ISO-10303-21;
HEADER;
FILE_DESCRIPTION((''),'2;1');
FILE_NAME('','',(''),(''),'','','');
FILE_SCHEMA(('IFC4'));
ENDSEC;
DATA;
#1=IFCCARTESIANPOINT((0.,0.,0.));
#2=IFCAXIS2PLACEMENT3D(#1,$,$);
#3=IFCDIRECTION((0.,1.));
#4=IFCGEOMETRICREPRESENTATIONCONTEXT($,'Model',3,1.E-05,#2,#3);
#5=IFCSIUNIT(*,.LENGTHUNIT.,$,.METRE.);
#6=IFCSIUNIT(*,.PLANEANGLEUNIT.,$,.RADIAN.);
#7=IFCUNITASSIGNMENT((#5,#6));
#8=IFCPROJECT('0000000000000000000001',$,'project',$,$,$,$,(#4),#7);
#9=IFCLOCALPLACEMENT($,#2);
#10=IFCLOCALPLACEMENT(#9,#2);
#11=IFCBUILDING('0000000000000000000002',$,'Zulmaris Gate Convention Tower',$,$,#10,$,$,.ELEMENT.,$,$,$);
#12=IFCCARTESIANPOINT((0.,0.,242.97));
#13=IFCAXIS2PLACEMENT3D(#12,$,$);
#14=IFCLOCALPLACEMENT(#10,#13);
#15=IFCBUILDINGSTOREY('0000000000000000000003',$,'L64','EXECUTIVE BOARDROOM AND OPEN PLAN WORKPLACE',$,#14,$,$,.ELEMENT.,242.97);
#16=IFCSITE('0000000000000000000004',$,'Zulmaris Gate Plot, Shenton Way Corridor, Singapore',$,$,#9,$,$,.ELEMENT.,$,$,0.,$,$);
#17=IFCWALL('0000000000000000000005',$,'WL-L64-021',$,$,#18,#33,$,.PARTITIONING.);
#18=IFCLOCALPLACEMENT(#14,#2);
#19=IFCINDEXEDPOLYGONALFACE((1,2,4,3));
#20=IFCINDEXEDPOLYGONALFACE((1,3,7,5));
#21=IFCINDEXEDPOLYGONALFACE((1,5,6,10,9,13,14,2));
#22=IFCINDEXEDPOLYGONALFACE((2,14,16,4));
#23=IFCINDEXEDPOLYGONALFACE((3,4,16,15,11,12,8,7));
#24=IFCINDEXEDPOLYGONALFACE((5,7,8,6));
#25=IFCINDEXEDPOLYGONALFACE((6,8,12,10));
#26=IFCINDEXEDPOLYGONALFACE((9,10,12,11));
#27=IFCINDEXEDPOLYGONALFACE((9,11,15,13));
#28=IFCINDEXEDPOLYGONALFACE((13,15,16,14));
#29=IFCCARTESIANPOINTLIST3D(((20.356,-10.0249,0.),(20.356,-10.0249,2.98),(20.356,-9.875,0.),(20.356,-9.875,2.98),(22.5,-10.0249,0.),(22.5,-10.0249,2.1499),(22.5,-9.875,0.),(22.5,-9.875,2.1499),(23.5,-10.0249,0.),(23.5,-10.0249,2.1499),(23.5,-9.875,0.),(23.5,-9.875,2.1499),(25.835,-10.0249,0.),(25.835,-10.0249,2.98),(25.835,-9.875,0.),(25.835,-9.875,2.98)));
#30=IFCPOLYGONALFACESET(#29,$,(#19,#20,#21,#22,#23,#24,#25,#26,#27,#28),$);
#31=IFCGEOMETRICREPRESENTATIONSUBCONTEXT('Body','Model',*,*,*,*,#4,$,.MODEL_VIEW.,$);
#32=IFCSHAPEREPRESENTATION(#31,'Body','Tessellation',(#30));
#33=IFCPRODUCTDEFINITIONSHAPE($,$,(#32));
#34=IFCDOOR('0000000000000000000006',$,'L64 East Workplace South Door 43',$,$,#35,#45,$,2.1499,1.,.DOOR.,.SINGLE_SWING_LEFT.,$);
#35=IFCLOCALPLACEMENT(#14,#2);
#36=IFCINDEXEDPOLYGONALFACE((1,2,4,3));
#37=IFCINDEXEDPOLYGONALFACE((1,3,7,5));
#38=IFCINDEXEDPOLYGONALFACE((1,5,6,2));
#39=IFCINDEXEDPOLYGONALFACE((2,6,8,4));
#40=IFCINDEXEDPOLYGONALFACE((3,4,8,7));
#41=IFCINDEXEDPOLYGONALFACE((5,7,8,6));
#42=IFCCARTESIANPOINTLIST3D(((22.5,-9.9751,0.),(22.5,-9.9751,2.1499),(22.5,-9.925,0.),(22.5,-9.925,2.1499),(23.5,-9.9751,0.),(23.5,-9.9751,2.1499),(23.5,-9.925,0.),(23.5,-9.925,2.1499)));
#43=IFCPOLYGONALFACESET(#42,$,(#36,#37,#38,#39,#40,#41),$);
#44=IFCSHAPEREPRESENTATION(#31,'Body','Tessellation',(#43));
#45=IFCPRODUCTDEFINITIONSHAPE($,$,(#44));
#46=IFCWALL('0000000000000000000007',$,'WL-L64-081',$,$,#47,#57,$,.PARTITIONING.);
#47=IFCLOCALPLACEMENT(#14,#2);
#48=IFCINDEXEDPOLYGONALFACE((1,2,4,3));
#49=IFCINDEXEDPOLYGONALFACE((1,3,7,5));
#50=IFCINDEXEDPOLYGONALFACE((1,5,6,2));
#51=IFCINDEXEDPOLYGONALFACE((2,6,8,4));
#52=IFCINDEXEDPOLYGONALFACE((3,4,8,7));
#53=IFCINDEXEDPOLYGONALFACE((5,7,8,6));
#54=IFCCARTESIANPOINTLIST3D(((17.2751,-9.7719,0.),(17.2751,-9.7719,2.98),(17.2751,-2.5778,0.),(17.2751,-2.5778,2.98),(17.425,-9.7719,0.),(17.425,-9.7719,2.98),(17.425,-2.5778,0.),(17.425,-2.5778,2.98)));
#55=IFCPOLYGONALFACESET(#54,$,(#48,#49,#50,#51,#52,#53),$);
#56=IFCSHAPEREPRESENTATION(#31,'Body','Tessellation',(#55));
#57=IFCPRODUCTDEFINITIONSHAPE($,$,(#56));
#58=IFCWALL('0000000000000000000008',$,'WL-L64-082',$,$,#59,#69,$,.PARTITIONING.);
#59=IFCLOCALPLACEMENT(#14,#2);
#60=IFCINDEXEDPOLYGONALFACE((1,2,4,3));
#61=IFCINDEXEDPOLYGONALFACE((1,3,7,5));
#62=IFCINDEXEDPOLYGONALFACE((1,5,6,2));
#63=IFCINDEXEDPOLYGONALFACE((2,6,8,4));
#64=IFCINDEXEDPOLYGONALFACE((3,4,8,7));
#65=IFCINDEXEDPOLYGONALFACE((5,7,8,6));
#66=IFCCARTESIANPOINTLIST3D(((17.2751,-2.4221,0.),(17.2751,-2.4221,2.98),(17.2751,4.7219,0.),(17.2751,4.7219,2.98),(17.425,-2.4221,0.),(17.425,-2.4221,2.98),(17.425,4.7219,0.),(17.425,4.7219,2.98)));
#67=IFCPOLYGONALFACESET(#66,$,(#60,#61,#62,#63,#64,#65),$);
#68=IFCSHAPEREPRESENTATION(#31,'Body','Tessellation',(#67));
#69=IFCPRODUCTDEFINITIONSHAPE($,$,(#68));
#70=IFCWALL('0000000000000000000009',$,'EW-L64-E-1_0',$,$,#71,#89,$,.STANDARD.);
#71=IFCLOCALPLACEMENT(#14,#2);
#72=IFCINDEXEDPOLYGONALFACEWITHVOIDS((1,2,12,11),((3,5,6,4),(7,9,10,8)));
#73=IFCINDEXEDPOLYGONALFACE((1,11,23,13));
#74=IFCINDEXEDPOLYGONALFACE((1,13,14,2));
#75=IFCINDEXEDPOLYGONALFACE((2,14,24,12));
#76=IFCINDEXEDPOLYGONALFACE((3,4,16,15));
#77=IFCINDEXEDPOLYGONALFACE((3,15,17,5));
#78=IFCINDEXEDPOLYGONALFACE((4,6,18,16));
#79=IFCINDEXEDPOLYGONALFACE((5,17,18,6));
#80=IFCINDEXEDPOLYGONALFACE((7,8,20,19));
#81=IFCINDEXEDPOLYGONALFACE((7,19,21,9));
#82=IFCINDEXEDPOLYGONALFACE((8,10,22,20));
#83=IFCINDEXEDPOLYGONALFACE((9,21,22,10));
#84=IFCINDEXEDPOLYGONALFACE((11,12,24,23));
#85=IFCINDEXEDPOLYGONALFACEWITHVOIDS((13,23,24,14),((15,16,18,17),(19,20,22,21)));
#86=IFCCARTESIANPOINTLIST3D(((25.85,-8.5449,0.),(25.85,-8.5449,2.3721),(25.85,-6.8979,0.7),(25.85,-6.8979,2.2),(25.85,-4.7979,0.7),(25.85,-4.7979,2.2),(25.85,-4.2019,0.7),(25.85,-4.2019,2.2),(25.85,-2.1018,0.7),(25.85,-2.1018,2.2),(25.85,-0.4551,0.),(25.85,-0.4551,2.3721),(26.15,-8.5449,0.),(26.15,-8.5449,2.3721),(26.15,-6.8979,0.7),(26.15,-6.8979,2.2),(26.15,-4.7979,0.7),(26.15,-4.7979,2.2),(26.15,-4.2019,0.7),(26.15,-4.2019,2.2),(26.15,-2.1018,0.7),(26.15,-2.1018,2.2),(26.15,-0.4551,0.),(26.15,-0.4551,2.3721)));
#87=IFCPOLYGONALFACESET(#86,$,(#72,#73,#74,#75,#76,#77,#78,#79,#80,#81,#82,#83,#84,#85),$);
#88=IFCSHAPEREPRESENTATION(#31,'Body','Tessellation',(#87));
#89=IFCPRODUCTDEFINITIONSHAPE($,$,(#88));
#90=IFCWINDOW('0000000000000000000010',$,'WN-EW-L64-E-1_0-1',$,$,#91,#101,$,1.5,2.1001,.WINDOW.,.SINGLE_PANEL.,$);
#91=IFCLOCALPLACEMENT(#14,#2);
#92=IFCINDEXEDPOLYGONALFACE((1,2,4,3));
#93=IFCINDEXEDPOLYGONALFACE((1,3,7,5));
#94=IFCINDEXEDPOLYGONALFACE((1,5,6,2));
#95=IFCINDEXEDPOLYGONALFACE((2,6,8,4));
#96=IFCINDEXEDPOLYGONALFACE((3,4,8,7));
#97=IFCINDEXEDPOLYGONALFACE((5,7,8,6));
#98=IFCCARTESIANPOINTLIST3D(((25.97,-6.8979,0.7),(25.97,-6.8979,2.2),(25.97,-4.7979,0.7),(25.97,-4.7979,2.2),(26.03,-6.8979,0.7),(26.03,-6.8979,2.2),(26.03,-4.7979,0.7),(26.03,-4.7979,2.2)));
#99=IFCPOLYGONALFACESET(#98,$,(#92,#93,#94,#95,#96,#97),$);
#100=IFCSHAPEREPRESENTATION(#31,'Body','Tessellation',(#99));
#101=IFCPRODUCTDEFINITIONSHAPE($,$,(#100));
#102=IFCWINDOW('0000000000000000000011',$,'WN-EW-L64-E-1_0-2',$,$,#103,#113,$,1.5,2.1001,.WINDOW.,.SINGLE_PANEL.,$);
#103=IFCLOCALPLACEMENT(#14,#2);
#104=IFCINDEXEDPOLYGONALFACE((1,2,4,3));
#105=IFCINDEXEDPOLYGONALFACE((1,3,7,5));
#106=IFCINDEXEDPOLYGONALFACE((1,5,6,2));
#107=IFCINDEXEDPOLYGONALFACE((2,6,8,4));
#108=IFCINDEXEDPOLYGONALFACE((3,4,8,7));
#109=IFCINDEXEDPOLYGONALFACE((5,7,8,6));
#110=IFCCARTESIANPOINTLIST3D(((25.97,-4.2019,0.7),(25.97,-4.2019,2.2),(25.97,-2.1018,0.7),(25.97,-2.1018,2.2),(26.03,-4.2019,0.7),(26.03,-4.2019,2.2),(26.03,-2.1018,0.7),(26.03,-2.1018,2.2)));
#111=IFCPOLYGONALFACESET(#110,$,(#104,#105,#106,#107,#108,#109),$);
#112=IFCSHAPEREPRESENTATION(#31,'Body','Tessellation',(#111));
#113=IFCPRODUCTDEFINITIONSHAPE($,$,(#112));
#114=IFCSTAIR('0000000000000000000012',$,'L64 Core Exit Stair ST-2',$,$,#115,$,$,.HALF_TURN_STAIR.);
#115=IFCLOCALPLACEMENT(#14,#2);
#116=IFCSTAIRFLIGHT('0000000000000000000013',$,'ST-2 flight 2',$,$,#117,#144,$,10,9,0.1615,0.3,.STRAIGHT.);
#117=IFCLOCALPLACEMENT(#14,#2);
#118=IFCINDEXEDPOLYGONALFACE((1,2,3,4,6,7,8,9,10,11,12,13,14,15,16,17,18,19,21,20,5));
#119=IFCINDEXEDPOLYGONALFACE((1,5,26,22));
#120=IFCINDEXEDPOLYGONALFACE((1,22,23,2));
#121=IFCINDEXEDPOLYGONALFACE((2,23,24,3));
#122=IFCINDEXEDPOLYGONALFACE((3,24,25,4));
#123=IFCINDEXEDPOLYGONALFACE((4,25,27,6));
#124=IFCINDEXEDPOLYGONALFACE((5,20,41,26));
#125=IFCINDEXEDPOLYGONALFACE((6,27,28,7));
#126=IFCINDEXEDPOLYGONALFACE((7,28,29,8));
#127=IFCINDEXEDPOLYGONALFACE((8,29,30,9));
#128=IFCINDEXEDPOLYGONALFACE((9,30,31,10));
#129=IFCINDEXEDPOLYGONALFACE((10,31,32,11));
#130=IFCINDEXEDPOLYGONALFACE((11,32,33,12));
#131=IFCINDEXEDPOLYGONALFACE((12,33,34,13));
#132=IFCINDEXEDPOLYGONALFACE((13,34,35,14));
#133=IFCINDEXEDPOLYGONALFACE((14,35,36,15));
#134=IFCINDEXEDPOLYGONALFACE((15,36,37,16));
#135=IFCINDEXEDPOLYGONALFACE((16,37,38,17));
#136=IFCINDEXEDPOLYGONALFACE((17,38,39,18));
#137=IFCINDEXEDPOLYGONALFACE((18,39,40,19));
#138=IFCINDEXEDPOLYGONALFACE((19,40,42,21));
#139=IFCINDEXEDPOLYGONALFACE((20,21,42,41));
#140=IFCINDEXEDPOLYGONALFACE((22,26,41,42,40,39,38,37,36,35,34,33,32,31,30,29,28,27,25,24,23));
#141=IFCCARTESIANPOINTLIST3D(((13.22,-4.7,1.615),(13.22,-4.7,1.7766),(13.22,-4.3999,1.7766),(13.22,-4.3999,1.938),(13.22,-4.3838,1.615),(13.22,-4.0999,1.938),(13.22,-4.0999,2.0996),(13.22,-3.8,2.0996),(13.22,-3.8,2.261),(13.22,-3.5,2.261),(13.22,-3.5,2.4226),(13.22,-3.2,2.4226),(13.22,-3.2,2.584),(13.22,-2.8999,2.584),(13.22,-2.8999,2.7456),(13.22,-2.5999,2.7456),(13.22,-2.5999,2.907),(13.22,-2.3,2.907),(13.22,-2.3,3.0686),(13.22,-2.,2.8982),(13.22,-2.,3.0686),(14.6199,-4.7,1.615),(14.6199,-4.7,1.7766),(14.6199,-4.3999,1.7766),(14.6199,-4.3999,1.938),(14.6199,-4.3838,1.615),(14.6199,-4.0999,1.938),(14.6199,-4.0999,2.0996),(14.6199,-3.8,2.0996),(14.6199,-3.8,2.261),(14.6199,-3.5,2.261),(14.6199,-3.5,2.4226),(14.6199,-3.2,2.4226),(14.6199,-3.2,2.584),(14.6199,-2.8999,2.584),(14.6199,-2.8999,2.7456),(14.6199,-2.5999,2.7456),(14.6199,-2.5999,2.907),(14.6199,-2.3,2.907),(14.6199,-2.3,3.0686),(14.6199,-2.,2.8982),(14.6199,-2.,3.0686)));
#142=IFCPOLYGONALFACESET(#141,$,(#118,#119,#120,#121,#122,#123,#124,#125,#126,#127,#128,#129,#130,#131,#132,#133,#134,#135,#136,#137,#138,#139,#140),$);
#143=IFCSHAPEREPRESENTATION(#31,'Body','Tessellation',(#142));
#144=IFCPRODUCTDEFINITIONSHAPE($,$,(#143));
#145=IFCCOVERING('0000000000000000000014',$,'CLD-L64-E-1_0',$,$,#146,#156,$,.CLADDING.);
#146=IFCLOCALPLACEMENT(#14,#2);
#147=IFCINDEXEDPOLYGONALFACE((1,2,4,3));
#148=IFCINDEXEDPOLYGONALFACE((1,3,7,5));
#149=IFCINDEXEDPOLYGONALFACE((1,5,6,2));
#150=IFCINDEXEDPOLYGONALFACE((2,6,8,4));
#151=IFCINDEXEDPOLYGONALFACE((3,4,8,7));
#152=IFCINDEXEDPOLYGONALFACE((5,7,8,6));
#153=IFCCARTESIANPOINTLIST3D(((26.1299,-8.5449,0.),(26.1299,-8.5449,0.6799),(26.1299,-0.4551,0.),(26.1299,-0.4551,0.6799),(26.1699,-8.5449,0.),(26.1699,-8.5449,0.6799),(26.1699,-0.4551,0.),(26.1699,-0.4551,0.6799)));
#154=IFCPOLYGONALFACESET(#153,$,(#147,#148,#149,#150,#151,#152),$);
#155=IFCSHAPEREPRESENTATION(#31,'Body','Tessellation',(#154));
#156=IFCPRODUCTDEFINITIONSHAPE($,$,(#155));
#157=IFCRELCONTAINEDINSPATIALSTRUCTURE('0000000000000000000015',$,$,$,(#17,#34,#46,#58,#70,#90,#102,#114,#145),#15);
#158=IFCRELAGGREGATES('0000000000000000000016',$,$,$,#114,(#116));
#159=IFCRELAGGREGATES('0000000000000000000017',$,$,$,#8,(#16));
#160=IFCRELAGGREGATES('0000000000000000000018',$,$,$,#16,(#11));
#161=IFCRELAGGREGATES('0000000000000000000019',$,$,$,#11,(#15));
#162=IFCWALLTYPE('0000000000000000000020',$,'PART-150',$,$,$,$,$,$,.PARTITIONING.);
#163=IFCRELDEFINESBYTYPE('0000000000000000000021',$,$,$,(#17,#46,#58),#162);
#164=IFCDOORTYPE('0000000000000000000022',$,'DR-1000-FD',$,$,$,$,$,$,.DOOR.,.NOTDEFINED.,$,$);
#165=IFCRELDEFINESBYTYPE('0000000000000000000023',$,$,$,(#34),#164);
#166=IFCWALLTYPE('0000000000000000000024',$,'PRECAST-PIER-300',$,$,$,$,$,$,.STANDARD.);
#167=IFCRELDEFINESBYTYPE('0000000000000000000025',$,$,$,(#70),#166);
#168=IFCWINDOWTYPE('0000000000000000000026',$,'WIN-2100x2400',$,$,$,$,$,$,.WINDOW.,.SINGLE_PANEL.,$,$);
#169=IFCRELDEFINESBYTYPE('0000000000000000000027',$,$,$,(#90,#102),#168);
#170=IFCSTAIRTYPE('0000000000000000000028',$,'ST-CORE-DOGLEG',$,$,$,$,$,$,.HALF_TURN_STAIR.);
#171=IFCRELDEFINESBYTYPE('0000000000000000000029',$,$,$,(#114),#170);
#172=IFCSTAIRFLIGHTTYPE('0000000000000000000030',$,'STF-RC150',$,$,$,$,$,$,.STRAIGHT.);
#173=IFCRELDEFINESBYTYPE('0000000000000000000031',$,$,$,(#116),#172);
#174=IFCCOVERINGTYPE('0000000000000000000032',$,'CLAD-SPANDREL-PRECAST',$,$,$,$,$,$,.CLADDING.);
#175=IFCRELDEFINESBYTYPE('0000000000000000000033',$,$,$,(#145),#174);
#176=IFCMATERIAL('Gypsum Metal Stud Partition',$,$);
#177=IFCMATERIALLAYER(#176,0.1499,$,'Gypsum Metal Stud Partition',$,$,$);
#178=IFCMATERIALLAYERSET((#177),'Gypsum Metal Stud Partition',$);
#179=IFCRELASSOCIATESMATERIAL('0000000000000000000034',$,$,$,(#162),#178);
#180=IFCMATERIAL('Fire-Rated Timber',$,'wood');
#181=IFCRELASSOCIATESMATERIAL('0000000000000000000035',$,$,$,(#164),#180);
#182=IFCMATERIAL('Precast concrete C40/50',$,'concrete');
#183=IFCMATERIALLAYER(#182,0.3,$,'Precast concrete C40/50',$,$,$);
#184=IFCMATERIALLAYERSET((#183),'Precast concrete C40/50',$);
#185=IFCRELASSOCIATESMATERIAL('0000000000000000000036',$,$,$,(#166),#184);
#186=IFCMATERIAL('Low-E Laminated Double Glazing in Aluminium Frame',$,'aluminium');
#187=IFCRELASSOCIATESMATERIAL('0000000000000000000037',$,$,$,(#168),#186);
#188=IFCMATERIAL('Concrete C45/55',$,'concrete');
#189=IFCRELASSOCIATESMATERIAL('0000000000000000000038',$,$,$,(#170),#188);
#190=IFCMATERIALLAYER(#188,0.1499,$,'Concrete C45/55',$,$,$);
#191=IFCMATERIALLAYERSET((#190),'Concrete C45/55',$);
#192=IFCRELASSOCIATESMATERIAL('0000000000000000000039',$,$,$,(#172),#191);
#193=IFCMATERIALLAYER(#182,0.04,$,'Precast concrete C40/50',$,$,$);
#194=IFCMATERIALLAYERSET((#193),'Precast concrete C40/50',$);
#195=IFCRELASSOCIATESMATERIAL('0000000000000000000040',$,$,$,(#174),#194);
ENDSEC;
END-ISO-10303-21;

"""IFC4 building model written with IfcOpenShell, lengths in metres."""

from ifc_helpers import new_model, si_unit, direction, frame, frame_2d, origin, place, context, subcontext, project, spatial, polyline, rectangle, outline, extrude, material, layer, layer_set, type_object, element, fill, aggregate, save


model = new_model("IFC4")

# Units and contexts
model_context = context("Model", 3, precision=1e-05, world=origin(), true_north=direction((0.0, 1.0)))
body_context = subcontext(model_context, "Body", "Model", "MODEL_VIEW")
ifc_project = project(units=[si_unit("LENGTHUNIT", "METRE"), si_unit("PLANEANGLEUNIT", "RADIAN")], contexts=[model_context])

# Site, building, storey
site_placement = place(None, origin())
site = spatial("IfcSite", under=ifc_project, at=site_placement, Name="Zulmaris Gate Plot, Shenton Way Corridor, Singapore", CompositionType="ELEMENT", RefElevation=0.0)
building_placement = place(site_placement, origin())
building = spatial("IfcBuilding", under=site, at=building_placement, Name="Zulmaris Gate Convention Tower", CompositionType="ELEMENT")
storey_placement = place(building_placement, frame((0.0, 0.0, 242.97)))
storey = spatial("IfcBuildingStorey", under=building, at=storey_placement, Name="L64", Description="EXECUTIVE BOARDROOM AND OPEN PLAN WORKPLACE", CompositionType="ELEMENT", Elevation=242.97)

# Wall, opening, door
ifc_material_1 = material(Name="Gypsum Metal Stud Partition")
ifc_layer_1 = layer(ifc_material_1, 0.1499, Name="Gypsum Metal Stud Partition")
ifc_layer_set_1 = layer_set([ifc_layer_1], Name="Gypsum Metal Stud Partition")
wall_type_1 = type_object("IfcWallType", Name="PART-150", PredefinedType="PARTITIONING", material=ifc_layer_set_1)
wall_1_placement = place(storey_placement, frame((20.356, -9.95, 0.0), z_axis=(0.0, 0.0, 1.0), x_axis=(1.0, 0.0, 0.0)))
wall_1 = element("IfcWall", 1, at=wall_1_placement, inside=storey, type_object=wall_type_1, Name="WL-L64-021", PredefinedType="PARTITIONING", context=body_context, shape_type="SweptSolid", body=[
    extrude(rectangle(XDim=5.479, YDim=0.1499, at=frame_2d((2.7395, 0.0))), origin(), (0.0, 0.0, 1.0), 2.98),
])
opening_1_placement = place(wall_1_placement, frame((2.144, 0.0, 0.0)))
opening_1 = element("IfcOpeningElement", 2, at=opening_1_placement, cuts=wall_1, PredefinedType="OPENING", context=body_context, shape_type="SweptSolid", body=[
    extrude(rectangle(XDim=1.0, YDim=2.1499, at=frame_2d((0.5, 1.075))), frame((0.0, 0.085, 0.0), z_axis=(0.0, -1.0, 0.0), x_axis=(1.0, 0.0, 0.0)), (0.0, 0.0, 1.0), 0.1699),
])
ifc_material_2 = material(Name="Fire-Rated Timber", Category="wood")
door_type_1 = type_object("IfcDoorType", Name="DR-1000-FD", OperationType="NOTDEFINED", PredefinedType="DOOR", material=ifc_material_2)
door_1_placement = place(opening_1_placement, origin())
door_1 = element("IfcDoor", 3, at=door_1_placement, inside=storey, type_object=door_type_1, Name="L64 East Workplace South Door 43", OperationType="SINGLE_SWING_LEFT", OverallHeight=2.1499, OverallWidth=1.0, PredefinedType="DOOR", context=body_context, shape_type="SweptSolid", body=[
    extrude(rectangle(XDim=1.0, YDim=2.1499, at=frame_2d((0.5, 1.075))), frame((0.0, 0.0249, 0.0), z_axis=(0.0, -1.0, 0.0), x_axis=(1.0, 0.0, 0.0)), (0.0, 0.0, 1.0), 0.05),
])
fill(opening_1, door_1)

# Walls
wall_2_placement = place(storey_placement, frame((17.3501, -9.772, 0.0), z_axis=(0.0, 0.0, 1.0), x_axis=(0.0, 1.0, 0.0)))
element("IfcWall", 4, at=wall_2_placement, inside=storey, type_object=wall_type_1, Name="WL-L64-081", PredefinedType="PARTITIONING", context=body_context, shape_type="SweptSolid", body=[
    extrude(rectangle(XDim=7.1941, YDim=0.1499, at=frame_2d((3.5972, 0.0))), origin(), (0.0, 0.0, 1.0), 2.98),
])
wall_3_placement = place(storey_placement, frame((17.3501, -2.4221, 0.0), z_axis=(0.0, 0.0, 1.0), x_axis=(0.0, 1.0, 0.0)))
element("IfcWall", 5, at=wall_3_placement, inside=storey, type_object=wall_type_1, Name="WL-L64-082", PredefinedType="PARTITIONING", context=body_context, shape_type="SweptSolid", body=[
    extrude(rectangle(XDim=7.144, YDim=0.1499, at=frame_2d((3.572, 0.0))), origin(), (0.0, 0.0, 1.0), 2.98),
])

# Wall, openings, windows
ifc_material_3 = material(Name="Precast concrete C40/50", Category="concrete")
ifc_layer_2 = layer(ifc_material_3, 0.3, Name="Precast concrete C40/50")
ifc_layer_set_2 = layer_set([ifc_layer_2], Name="Precast concrete C40/50")
wall_type_2 = type_object("IfcWallType", Name="PRECAST-PIER-300", PredefinedType="STANDARD", material=ifc_layer_set_2)
wall_4_placement = place(storey_placement, frame((26.0, -8.5449, 0.0), z_axis=(0.0, 0.0, 1.0), x_axis=(0.0, 1.0, 0.0)))
wall_4 = element("IfcWall", 6, at=wall_4_placement, inside=storey, type_object=wall_type_2, Name="EW-L64-E-1_0", PredefinedType="STANDARD", context=body_context, shape_type="SweptSolid", body=[
    extrude(rectangle(XDim=8.0898, YDim=0.3, at=frame_2d((4.0449, 0.0))), origin(), (0.0, 0.0, 1.0), 2.3721),
])
opening_2_placement = place(wall_4_placement, frame((1.647, 0.0, 0.7)))
opening_2 = element("IfcOpeningElement", 7, at=opening_2_placement, cuts=wall_4, PredefinedType="OPENING", context=body_context, shape_type="SweptSolid", body=[
    extrude(rectangle(XDim=2.1001, YDim=1.5, at=frame_2d((1.05, 0.75))), frame((0.0, 0.1602, 0.0), z_axis=(0.0, -1.0, 0.0), x_axis=(1.0, 0.0, 0.0)), (0.0, 0.0, 1.0), 0.3201),
])
opening_3_placement = place(wall_4_placement, frame((4.343, 0.0, 0.7)))
opening_3 = element("IfcOpeningElement", 8, at=opening_3_placement, cuts=wall_4, PredefinedType="OPENING", context=body_context, shape_type="SweptSolid", body=[
    extrude(rectangle(XDim=2.1001, YDim=1.5, at=frame_2d((1.05, 0.75))), frame((0.0, 0.1602, 0.0), z_axis=(0.0, -1.0, 0.0), x_axis=(1.0, 0.0, 0.0)), (0.0, 0.0, 1.0), 0.3201),
])
ifc_material_4 = material(Name="Low-E Laminated Double Glazing in Aluminium Frame", Category="aluminium")
window_type = type_object("IfcWindowType", Name="WIN-2100x2400", PartitioningType="SINGLE_PANEL", PredefinedType="WINDOW", material=ifc_material_4)
window_1_placement = place(opening_2_placement, origin())
window_1 = element("IfcWindow", 9, at=window_1_placement, inside=storey, type_object=window_type, Name="WN-EW-L64-E-1_0-1", OverallHeight=1.5, OverallWidth=2.1001, PartitioningType="SINGLE_PANEL", PredefinedType="WINDOW", context=body_context, shape_type="SweptSolid", body=[
    extrude(rectangle(XDim=2.1001, YDim=1.5, at=frame_2d((1.05, 0.75))), frame((0.0, 0.03, 0.0), z_axis=(0.0, -1.0, 0.0), x_axis=(1.0, 0.0, 0.0)), (0.0, 0.0, 1.0), 0.0601),
])
fill(opening_2, window_1)
window_2_placement = place(opening_3_placement, origin())
window_2 = element("IfcWindow", 10, at=window_2_placement, inside=storey, type_object=window_type, Name="WN-EW-L64-E-1_0-2", OverallHeight=1.5, OverallWidth=2.1001, PartitioningType="SINGLE_PANEL", PredefinedType="WINDOW", context=body_context, shape_type="SweptSolid", body=[
    extrude(rectangle(XDim=2.1001, YDim=1.5, at=frame_2d((1.05, 0.75))), frame((0.0, 0.03, 0.0), z_axis=(0.0, -1.0, 0.0), x_axis=(1.0, 0.0, 0.0)), (0.0, 0.0, 1.0), 0.0601),
])
fill(opening_3, window_2)

# Stair, stair flight
ifc_material_5 = material(Name="Concrete C45/55", Category="concrete")
stair_type = type_object("IfcStairType", Name="ST-CORE-DOGLEG", PredefinedType="HALF_TURN_STAIR", material=ifc_material_5)
stair_placement = place(storey_placement, origin())
stair = element("IfcStair", 11, at=stair_placement, inside=storey, type_object=stair_type, Name="L64 Core Exit Stair ST-2", PredefinedType="HALF_TURN_STAIR")
ifc_layer_3 = layer(ifc_material_5, 0.1499, Name="Concrete C45/55")
ifc_layer_set_3 = layer_set([ifc_layer_3], Name="Concrete C45/55")
stair_flight_type = type_object("IfcStairFlightType", Name="STF-RC150", PredefinedType="STRAIGHT", material=ifc_layer_set_3)
stair_flight_placement = place(storey_placement, frame((13.9199, -4.7, 1.615), z_axis=(0.0, 0.0, 1.0), x_axis=(0.0, 1.0, 0.0)))
stair_flight = element("IfcStairFlight", 12, at=stair_flight_placement, type_object=stair_flight_type, Name="ST-2 flight 2", NumberOfRisers=10, NumberOfTreads=9, PredefinedType="STRAIGHT", RiserHeight=0.1615, TreadLength=0.3, context=body_context, shape_type="SweptSolid", body=[
    extrude(outline(polyline([(0.0, 0.0), (0.0, 0.1616), (0.3, 0.1616), (0.3, 0.323), (0.6001, 0.323), (0.6001, 0.4846), (0.8999, 0.4846), (0.8999, 0.646), (1.2, 0.646), (1.2, 0.8076), (1.5, 0.8076), (1.5, 0.969), (1.8, 0.969), (1.8, 1.1306), (2.1001, 1.1306), (2.1001, 1.292), (2.3999, 1.292), (2.3999, 1.4536), (2.7, 1.4536), (2.7, 1.615), (2.7, 1.2832), (0.3162, 0.0), (0.0, 0.0)])), frame((0.0, 0.7, 0.0), z_axis=(0.0, -1.0, 0.0), x_axis=(1.0, 0.0, 0.0)), (0.0, 0.0, 1.0), 1.3999),
])
aggregate(stair, [stair_flight])

# Covering
ifc_layer_4 = layer(ifc_material_3, 0.04, Name="Precast concrete C40/50")
ifc_layer_set_4 = layer_set([ifc_layer_4], Name="Precast concrete C40/50")
covering_type = type_object("IfcCoveringType", Name="CLAD-SPANDREL-PRECAST", PredefinedType="CLADDING", material=ifc_layer_set_4)
covering_placement = place(storey_placement, frame((26.1499, -8.5449, 0.0), z_axis=(0.0, 0.0, 1.0), x_axis=(0.0, 1.0, 0.0)))
element("IfcCovering", 13, at=covering_placement, inside=storey, type_object=covering_type, Name="CLD-L64-E-1_0", PredefinedType="CLADDING", context=body_context, shape_type="SweptSolid", body=[
    extrude(rectangle(XDim=8.0898, YDim=0.04, at=frame_2d((4.0449, 0.0))), origin(), (0.0, 0.0, 1.0), 0.6799),
])

save(model, "model.ifc")
